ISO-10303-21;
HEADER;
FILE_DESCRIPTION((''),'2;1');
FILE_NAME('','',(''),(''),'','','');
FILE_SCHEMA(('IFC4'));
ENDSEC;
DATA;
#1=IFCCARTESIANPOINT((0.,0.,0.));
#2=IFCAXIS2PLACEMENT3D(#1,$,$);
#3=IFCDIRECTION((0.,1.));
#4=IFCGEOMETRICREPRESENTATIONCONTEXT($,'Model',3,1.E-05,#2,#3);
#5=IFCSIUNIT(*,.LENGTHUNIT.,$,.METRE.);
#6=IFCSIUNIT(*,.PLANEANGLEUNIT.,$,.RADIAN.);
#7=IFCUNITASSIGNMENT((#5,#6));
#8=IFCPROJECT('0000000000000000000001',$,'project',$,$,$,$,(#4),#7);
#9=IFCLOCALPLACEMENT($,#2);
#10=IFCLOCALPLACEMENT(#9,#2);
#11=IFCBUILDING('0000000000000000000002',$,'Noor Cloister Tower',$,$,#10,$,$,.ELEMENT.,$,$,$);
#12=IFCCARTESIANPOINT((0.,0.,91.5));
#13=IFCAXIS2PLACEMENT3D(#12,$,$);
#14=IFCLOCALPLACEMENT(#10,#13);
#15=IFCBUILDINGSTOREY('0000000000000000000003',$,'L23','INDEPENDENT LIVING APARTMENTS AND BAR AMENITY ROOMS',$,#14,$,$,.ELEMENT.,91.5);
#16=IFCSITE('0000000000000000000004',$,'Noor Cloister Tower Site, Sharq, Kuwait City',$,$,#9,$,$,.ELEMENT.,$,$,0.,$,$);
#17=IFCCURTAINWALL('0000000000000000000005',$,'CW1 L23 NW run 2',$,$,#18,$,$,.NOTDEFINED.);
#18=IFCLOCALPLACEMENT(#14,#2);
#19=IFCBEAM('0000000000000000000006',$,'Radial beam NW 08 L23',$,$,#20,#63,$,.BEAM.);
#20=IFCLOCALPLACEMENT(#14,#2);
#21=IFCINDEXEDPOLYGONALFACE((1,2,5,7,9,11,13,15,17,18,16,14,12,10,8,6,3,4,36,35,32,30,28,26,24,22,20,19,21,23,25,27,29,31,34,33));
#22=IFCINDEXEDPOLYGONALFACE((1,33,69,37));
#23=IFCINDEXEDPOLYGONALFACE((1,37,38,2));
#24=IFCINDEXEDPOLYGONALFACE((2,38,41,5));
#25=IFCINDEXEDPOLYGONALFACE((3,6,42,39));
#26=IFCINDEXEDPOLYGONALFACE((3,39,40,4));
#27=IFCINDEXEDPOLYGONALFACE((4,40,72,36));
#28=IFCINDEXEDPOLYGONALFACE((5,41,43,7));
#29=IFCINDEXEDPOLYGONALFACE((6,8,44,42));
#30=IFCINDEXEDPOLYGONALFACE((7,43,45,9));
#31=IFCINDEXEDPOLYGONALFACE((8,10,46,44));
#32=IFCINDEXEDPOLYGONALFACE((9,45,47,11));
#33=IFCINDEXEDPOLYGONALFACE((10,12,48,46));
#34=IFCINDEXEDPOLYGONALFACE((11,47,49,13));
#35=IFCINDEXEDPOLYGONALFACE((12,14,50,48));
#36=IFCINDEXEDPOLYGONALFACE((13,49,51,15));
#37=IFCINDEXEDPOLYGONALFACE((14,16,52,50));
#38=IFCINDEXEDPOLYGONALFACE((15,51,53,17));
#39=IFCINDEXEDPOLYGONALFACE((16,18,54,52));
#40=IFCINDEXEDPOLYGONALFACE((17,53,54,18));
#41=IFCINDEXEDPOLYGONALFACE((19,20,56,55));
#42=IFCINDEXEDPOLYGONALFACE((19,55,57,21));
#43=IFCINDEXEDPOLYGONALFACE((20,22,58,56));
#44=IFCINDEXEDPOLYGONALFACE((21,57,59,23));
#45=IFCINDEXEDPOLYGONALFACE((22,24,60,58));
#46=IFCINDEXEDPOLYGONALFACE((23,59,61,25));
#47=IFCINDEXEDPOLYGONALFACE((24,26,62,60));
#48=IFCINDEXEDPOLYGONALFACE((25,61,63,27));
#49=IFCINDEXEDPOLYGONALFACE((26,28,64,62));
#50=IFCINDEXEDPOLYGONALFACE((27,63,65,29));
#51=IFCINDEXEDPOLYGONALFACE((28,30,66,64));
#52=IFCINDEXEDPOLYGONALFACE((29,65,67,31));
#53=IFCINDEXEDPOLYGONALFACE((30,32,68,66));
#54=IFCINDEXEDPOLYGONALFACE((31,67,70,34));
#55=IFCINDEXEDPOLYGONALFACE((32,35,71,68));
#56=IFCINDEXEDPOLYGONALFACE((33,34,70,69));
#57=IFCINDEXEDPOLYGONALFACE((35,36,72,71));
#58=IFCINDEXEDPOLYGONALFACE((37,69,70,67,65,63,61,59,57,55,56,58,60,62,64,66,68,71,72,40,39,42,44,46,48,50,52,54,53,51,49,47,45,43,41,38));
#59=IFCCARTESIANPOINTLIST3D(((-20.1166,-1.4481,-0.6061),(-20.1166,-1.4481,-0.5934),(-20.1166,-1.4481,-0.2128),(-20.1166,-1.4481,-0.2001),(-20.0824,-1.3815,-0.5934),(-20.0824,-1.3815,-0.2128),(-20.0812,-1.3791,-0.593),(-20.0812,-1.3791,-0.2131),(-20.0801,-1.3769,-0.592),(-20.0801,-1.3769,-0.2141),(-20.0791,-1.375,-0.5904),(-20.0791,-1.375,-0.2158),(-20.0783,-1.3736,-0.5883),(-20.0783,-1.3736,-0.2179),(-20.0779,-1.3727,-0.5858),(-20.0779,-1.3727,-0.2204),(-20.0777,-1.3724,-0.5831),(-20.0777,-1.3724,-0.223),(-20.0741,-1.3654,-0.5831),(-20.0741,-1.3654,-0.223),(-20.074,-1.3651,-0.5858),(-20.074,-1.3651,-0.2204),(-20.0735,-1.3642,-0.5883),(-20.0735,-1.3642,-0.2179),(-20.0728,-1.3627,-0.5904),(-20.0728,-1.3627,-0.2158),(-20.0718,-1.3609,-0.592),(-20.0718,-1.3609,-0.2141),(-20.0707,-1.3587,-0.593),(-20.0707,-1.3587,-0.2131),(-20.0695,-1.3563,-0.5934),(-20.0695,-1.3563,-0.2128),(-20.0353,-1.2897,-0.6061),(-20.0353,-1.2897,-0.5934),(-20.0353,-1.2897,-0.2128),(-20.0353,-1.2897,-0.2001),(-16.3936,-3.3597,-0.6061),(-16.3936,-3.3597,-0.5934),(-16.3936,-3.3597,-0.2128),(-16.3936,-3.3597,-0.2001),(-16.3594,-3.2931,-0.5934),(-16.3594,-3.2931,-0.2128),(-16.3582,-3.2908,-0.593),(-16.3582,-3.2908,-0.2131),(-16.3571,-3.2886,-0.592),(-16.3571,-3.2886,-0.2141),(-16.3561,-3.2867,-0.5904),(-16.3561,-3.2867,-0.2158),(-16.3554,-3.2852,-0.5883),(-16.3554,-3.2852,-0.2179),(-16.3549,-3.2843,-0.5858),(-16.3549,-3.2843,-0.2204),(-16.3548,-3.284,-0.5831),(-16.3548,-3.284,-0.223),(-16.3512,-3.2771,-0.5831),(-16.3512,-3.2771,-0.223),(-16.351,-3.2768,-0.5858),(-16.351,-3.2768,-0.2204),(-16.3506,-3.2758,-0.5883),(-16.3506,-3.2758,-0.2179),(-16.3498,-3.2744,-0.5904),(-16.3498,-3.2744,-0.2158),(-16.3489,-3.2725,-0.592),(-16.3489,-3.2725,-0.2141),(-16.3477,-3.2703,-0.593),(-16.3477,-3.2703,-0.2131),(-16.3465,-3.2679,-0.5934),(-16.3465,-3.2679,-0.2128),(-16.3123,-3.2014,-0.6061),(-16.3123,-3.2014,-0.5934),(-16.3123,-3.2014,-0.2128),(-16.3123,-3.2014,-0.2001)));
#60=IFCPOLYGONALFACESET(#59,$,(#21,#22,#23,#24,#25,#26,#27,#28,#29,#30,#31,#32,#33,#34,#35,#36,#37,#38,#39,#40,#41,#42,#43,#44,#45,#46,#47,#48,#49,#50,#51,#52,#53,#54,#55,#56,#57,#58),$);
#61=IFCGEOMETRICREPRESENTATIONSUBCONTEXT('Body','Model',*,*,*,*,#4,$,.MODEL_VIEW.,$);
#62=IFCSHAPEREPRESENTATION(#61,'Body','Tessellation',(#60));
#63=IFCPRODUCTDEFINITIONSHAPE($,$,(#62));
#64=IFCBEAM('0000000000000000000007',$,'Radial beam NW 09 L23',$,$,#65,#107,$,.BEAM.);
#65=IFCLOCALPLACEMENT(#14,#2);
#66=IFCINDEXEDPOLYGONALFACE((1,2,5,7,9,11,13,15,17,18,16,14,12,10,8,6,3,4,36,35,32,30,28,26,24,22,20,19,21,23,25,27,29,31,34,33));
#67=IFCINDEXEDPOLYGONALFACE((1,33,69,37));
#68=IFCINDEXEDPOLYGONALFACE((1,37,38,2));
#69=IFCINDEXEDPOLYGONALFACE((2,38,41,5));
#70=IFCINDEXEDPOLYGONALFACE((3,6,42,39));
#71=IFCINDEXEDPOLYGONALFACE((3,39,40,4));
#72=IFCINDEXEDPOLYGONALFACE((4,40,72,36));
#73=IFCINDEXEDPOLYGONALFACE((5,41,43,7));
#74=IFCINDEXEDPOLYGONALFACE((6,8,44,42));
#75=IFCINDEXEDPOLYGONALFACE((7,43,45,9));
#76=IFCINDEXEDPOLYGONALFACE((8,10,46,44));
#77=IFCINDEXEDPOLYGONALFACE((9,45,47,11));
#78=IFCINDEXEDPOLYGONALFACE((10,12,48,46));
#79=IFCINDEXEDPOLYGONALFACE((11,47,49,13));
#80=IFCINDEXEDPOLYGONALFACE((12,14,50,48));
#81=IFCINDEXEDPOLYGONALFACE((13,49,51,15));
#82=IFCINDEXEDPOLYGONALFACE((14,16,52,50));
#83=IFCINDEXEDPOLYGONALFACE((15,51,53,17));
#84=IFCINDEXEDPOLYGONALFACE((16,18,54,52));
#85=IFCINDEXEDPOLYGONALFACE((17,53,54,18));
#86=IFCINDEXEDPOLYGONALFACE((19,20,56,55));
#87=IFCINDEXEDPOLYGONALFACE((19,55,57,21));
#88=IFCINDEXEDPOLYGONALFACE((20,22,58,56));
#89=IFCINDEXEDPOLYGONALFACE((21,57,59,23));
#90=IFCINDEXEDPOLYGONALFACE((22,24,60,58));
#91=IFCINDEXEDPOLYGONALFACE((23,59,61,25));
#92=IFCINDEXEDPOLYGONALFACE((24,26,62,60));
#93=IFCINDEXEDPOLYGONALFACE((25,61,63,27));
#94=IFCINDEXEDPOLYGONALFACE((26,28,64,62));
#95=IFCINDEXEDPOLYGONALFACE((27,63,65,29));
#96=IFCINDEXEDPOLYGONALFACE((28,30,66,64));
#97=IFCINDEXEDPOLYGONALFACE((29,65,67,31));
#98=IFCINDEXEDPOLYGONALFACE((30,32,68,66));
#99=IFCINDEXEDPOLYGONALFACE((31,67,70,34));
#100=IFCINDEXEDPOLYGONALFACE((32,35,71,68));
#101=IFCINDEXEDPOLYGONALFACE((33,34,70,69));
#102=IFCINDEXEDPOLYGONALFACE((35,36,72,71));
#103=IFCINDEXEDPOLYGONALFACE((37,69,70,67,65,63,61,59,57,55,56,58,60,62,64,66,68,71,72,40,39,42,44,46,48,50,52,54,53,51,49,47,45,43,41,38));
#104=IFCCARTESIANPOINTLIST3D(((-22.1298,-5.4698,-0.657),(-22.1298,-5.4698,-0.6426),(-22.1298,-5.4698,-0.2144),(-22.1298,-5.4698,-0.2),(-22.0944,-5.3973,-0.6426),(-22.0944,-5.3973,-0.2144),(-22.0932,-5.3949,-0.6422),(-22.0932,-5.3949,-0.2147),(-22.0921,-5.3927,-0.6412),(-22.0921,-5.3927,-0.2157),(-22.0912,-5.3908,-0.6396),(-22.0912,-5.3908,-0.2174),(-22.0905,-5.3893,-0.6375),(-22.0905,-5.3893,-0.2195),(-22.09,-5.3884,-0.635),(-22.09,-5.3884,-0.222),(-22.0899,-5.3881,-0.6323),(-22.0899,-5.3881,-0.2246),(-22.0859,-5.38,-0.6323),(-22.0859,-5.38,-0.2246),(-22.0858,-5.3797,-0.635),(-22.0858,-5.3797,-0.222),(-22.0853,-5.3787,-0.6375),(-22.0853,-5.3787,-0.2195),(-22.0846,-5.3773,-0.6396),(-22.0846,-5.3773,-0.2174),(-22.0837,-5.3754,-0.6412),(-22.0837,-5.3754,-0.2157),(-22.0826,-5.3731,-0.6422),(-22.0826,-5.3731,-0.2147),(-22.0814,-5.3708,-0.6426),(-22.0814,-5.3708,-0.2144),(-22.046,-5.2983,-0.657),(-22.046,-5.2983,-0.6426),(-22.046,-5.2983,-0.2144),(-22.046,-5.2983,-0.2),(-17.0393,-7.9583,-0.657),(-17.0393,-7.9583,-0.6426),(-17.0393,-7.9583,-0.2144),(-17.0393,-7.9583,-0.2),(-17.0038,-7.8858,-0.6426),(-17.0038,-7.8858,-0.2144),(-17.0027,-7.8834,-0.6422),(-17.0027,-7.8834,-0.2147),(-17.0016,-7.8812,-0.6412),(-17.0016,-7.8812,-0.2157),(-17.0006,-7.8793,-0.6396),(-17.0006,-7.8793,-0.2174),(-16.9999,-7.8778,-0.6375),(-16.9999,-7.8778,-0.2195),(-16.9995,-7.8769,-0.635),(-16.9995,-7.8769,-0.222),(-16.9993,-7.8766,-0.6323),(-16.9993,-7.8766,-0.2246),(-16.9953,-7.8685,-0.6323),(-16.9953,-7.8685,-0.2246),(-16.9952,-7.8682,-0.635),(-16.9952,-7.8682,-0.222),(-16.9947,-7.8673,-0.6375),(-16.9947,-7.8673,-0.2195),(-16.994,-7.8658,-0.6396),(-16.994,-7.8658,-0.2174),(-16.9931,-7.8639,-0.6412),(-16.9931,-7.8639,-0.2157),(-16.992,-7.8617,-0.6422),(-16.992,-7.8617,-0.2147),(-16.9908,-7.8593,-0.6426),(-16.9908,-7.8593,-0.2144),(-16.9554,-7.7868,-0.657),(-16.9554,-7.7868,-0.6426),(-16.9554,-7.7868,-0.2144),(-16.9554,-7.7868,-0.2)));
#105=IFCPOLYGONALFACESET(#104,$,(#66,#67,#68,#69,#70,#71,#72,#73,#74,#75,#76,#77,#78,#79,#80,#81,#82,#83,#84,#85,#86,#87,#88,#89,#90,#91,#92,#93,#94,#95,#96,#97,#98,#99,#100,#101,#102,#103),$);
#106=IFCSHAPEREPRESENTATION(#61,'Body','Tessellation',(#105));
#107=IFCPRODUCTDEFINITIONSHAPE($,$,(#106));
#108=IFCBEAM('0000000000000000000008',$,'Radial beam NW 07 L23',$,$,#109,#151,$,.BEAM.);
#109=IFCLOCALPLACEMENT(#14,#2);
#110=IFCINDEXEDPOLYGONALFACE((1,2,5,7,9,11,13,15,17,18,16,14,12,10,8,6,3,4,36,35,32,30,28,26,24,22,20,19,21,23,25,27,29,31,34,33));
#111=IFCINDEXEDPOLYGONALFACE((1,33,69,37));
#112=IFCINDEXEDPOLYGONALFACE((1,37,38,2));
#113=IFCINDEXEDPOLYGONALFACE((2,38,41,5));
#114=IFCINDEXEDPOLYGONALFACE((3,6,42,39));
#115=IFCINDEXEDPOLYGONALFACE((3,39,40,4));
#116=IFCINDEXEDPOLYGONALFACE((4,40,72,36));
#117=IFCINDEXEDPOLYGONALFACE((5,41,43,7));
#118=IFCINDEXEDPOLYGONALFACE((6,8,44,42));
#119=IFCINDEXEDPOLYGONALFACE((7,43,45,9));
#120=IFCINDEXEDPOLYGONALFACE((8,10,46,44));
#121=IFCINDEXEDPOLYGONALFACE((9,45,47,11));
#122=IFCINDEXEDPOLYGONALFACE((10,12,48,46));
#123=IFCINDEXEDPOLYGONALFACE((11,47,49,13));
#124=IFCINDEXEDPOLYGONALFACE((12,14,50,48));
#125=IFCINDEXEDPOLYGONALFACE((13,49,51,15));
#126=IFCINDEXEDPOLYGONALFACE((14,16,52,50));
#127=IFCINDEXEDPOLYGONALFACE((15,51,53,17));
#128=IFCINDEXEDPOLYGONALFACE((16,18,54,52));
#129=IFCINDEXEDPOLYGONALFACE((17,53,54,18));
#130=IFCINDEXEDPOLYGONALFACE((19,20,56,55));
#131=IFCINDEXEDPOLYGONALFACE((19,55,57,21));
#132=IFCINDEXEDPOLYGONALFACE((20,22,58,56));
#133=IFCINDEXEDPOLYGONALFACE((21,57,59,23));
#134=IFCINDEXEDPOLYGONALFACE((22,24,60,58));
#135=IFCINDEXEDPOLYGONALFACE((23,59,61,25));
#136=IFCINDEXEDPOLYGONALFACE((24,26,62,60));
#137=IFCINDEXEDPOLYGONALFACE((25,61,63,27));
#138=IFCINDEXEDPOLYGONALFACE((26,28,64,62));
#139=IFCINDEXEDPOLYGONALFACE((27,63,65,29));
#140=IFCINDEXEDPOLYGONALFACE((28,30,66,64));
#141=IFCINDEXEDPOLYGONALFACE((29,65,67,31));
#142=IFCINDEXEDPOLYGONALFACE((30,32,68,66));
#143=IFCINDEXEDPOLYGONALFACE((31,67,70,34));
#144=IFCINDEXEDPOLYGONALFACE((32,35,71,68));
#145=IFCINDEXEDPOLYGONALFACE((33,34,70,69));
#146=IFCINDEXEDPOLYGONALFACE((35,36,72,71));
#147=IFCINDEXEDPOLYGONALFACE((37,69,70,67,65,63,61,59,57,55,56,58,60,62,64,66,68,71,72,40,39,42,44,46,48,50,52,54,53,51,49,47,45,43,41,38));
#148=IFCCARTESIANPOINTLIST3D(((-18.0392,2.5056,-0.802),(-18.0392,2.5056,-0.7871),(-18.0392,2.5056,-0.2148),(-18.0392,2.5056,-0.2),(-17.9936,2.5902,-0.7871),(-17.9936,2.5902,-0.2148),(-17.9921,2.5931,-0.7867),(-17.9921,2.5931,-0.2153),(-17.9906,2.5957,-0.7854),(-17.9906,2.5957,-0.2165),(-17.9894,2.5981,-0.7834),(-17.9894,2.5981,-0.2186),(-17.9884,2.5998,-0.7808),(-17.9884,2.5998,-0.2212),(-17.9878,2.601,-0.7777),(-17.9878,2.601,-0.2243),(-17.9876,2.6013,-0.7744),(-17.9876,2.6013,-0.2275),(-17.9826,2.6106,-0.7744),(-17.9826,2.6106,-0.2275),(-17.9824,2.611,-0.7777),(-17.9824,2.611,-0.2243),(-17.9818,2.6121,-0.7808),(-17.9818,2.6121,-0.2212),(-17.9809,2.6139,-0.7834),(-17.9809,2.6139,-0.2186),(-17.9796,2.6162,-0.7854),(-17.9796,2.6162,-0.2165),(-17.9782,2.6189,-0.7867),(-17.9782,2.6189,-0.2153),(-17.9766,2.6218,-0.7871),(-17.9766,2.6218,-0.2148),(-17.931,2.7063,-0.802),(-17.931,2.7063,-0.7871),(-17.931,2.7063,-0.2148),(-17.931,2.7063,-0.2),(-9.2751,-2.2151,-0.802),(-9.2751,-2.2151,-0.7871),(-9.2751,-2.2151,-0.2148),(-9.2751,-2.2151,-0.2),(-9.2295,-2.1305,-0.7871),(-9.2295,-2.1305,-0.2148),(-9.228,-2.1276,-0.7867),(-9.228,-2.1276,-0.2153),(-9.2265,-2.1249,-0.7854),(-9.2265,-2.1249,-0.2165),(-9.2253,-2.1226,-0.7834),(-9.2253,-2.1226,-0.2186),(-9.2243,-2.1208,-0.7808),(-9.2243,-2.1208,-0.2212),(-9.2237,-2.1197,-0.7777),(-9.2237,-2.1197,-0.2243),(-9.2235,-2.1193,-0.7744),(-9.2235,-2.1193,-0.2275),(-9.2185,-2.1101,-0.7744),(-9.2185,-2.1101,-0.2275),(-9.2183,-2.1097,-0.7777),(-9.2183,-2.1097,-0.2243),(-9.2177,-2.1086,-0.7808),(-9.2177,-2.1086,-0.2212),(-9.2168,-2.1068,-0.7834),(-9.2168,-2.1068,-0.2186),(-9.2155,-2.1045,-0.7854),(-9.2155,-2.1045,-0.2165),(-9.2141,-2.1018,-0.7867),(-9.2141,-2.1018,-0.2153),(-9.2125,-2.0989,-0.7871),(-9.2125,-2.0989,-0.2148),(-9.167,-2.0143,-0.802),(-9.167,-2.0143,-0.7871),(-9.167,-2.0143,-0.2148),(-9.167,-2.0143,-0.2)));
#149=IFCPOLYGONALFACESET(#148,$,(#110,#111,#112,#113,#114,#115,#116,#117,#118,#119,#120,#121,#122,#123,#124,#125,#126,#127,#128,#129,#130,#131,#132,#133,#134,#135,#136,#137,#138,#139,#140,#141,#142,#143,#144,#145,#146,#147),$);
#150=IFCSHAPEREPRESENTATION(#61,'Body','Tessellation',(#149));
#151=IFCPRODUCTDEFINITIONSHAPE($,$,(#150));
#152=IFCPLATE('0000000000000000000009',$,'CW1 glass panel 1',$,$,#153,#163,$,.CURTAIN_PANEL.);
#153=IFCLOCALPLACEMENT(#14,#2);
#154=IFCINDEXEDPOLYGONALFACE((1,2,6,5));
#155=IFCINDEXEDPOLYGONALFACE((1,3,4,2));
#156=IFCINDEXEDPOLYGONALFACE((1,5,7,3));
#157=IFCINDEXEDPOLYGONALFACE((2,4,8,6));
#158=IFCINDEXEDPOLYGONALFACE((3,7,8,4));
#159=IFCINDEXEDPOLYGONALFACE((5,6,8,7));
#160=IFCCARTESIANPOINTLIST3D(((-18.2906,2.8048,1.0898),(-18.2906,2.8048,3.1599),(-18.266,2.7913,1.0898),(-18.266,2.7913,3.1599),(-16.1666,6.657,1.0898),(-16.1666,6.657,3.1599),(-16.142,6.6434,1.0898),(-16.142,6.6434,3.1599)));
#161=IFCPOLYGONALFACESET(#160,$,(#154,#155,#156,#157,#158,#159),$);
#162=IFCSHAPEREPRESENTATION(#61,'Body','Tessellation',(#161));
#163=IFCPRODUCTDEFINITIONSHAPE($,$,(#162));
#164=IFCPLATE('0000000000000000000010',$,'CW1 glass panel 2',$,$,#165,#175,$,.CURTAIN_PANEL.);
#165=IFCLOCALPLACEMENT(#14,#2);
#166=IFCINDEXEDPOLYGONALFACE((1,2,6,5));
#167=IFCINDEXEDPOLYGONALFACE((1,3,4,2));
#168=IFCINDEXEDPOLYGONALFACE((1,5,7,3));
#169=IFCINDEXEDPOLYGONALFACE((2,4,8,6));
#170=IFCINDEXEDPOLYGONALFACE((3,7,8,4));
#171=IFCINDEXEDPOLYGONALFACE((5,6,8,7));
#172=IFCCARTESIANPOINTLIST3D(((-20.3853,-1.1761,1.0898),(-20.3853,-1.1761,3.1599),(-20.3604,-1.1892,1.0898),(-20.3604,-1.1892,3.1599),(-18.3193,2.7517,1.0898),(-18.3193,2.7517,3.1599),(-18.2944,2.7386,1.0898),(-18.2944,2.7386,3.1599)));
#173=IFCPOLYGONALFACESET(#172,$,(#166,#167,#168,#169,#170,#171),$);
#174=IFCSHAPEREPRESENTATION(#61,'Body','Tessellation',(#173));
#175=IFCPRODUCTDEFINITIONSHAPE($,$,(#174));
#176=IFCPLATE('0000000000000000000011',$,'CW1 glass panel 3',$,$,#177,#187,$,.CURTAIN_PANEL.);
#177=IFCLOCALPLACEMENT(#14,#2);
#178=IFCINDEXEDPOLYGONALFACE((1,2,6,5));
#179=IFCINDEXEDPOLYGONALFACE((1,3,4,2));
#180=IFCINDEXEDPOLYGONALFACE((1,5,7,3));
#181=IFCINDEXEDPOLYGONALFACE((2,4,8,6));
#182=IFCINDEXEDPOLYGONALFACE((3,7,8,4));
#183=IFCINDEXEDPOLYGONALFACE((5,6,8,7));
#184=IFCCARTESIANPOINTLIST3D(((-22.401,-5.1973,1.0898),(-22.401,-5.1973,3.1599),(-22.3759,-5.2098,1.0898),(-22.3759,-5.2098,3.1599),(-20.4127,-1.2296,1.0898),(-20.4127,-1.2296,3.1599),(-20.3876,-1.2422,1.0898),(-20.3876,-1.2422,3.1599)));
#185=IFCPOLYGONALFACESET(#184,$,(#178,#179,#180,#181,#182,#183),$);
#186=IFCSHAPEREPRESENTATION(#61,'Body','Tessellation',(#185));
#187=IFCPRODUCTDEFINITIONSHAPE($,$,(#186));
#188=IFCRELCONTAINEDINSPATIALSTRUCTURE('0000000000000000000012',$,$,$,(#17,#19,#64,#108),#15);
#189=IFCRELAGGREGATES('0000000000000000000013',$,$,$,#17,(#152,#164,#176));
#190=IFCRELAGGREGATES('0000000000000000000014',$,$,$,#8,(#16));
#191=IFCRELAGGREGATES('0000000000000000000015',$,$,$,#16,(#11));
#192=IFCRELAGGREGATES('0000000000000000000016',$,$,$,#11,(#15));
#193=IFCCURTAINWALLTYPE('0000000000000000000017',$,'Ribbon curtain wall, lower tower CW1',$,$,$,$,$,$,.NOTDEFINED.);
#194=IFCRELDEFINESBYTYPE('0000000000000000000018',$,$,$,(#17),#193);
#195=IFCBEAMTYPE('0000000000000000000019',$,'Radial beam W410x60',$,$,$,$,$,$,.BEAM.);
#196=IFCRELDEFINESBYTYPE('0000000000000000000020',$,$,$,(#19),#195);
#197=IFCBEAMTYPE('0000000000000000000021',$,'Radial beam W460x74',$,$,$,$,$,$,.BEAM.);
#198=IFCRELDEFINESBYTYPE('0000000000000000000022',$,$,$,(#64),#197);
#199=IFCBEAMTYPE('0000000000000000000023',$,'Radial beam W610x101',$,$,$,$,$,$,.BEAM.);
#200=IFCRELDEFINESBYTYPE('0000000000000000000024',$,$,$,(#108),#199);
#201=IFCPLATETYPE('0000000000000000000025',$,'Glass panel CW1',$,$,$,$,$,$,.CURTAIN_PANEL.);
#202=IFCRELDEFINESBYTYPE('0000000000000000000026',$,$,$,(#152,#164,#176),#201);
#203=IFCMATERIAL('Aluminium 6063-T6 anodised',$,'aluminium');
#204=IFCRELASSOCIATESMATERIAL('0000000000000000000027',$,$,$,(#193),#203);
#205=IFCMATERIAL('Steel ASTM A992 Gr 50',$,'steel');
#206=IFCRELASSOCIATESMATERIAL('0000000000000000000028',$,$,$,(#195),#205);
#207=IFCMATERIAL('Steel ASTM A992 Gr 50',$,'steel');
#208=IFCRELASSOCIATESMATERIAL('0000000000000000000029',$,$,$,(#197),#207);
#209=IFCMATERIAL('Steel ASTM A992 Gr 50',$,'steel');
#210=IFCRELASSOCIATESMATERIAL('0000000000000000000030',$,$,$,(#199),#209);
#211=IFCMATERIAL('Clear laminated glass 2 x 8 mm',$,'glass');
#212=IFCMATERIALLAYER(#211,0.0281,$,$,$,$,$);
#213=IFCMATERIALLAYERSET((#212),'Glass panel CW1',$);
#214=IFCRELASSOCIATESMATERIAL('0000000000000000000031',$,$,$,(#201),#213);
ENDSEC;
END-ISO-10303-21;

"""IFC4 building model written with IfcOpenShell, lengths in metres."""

from ifc_helpers import new_model, si_unit, direction, frame, origin, origin_2d, place, context, subcontext, project, spatial, rectangle, i_section, extrude, material, layer, layer_set, material_profile, profile_set, type_object, element, aggregate, save


model = new_model("IFC4")

# Units and contexts
model_context = context("Model", 3, precision=1e-05, world=origin(), true_north=direction((0.0, 1.0)))
body_context = subcontext(model_context, "Body", "Model", "MODEL_VIEW")
ifc_project = project(units=[si_unit("LENGTHUNIT", "METRE"), si_unit("PLANEANGLEUNIT", "RADIAN")], contexts=[model_context])

# Site, building, storey
site_placement = place(None, origin())
site = spatial("IfcSite", under=ifc_project, at=site_placement, Name="Noor Cloister Tower Site, Sharq, Kuwait City", CompositionType="ELEMENT", RefElevation=0.0)
building_placement = place(site_placement, origin())
building = spatial("IfcBuilding", under=site, at=building_placement, Name="Noor Cloister Tower", CompositionType="ELEMENT")
storey_placement = place(building_placement, frame((0.0, 0.0, 91.5)))
storey = spatial("IfcBuildingStorey", under=building, at=storey_placement, Name="L23", Description="INDEPENDENT LIVING APARTMENTS AND BAR AMENITY ROOMS", CompositionType="ELEMENT", Elevation=91.5)

# Curtain wall
ifc_material_1 = material(Name="Aluminium 6063-T6 anodised", Category="aluminium")
curtain_wall_type = type_object("IfcCurtainWallType", Name="Ribbon curtain wall, lower tower CW1", PredefinedType="NOTDEFINED", material=ifc_material_1)
curtain_wall_placement = place(storey_placement, origin())
curtain_wall = element("IfcCurtainWall", 1, at=curtain_wall_placement, inside=storey, type_object=curtain_wall_type, Name="CW1 L23 NW run 2", PredefinedType="NOTDEFINED")

# Beams
ifc_material_2 = material(Name="Steel ASTM A992 Gr 50", Category="steel")
ifc_material_profile_1 = material_profile(ifc_material_2, i_section(OverallWidth=0.178, OverallDepth=0.406, WebThickness=0.0078, FlangeThickness=0.0127, FilletRadius=0.0103, at=origin_2d()), Name="W410x60")
ifc_profile_set_1 = profile_set([ifc_material_profile_1], Name="Steel ASTM A992 Gr 50")
beam_type_1 = type_object("IfcBeamType", Name="Radial beam W410x60", PredefinedType="BEAM", material=ifc_profile_set_1)
beam_1_placement = place(storey_placement, frame((-20.0759, -1.3689, -0.4031), z_axis=(0.88958, -0.456778, 0.0), x_axis=(0.456778, 0.88958, 0.0)))
element("IfcBeam", 2, at=beam_1_placement, inside=storey, type_object=beam_type_1, Name="Radial beam NW 08 L23", PredefinedType="BEAM", context=body_context, shape_type="SweptSolid", body=[
    extrude(i_section(OverallWidth=0.178, OverallDepth=0.406, WebThickness=0.0078, FlangeThickness=0.0127, FilletRadius=0.0103, at=origin_2d()), origin(), (0.0, 0.0, 1.0), 4.1851),
])
ifc_material_3 = material(Name="Steel ASTM A992 Gr 50", Category="steel")
ifc_material_profile_2 = material_profile(ifc_material_3, i_section(OverallWidth=0.1909, OverallDepth=0.457, WebThickness=0.009, FlangeThickness=0.0144, FilletRadius=0.0103, at=origin_2d()), Name="W460x74")
ifc_profile_set_2 = profile_set([ifc_material_profile_2], Name="Steel ASTM A992 Gr 50")
beam_type_2 = type_object("IfcBeamType", Name="Radial beam W460x74", PredefinedType="BEAM", material=ifc_profile_set_2)
beam_2_placement = place(storey_placement, frame((-22.0879, -5.384, -0.4285), z_axis=(0.898398, -0.439182, 0.0), x_axis=(0.439182, 0.898398, 0.0)))
element("IfcBeam", 3, at=beam_2_placement, inside=storey, type_object=beam_type_2, Name="Radial beam NW 09 L23", PredefinedType="BEAM", context=body_context, shape_type="SweptSolid", body=[
    extrude(i_section(OverallWidth=0.1909, OverallDepth=0.457, WebThickness=0.009, FlangeThickness=0.0144, FilletRadius=0.0103, at=origin_2d()), origin(), (0.0, 0.0, 1.0), 5.6663),
])
ifc_material_4 = material(Name="Steel ASTM A992 Gr 50", Category="steel")
ifc_material_profile_3 = material_profile(ifc_material_4, i_section(OverallWidth=0.228, OverallDepth=0.6021, WebThickness=0.0105, FlangeThickness=0.0149, FilletRadius=0.0127, at=origin_2d()), Name="W610x101")
ifc_profile_set_3 = profile_set([ifc_material_profile_3], Name="Steel ASTM A992 Gr 50")
beam_type_3 = type_object("IfcBeamType", Name="Radial beam W610x101", PredefinedType="BEAM", material=ifc_profile_set_3)
beam_3_placement = place(storey_placement, frame((-17.9851, 2.606, -0.501), z_axis=(0.880407, -0.47422, 0.0), x_axis=(0.47422, 0.880407, 0.0)))
element("IfcBeam", 4, at=beam_3_placement, inside=storey, type_object=beam_type_3, Name="Radial beam NW 07 L23", PredefinedType="BEAM", context=body_context, shape_type="SweptSolid", body=[
    extrude(i_section(OverallWidth=0.228, OverallDepth=0.6021, WebThickness=0.0105, FlangeThickness=0.0149, FilletRadius=0.0127, at=origin_2d()), origin(), (0.0, 0.0, 1.0), 9.9546),
])

# Plates
ifc_material_5 = material(Name="Clear laminated glass 2 x 8 mm", Category="glass")
ifc_layer_1 = layer(ifc_material_5, 0.0281)
ifc_layer_set_1 = layer_set([ifc_layer_1], Name="Glass panel CW1")
plate_type = type_object("IfcPlateType", Name="Glass panel CW1", PredefinedType="CURTAIN_PANEL", material=ifc_layer_set_1)
plate_1_placement = place(storey_placement, frame((-17.2163, 4.7241, 1.0898), z_axis=(0.0, 0.0, 1.0), x_axis=(-0.482858, -0.875699, 0.0)))
plate_1 = element("IfcPlate", 5, at=plate_1_placement, type_object=plate_type, Name="CW1 glass panel 1", PredefinedType="CURTAIN_PANEL", context=body_context, shape_type="SweptSolid", body=[
    extrude(rectangle(XDim=4.3989, YDim=0.0281, at=origin_2d()), origin(), (0.0, 0.0, 1.0), 2.0701),
])
plate_2_placement = place(storey_placement, frame((-19.3398, 0.7812, 1.0898), z_axis=(0.0, 0.0, 1.0), x_axis=(-0.465529, -0.885033, 0.0)))
plate_2 = element("IfcPlate", 6, at=plate_2_placement, type_object=plate_type, Name="CW1 glass panel 2", PredefinedType="CURTAIN_PANEL", context=body_context, shape_type="SweptSolid", body=[
    extrude(rectangle(XDim=4.438, YDim=0.0281, at=origin_2d()), origin(), (0.0, 0.0, 1.0), 2.0701),
])
plate_3_placement = place(storey_placement, frame((-21.3943, -3.2197, 1.0898), z_axis=(0.0, 0.0, 1.0), x_axis=(-0.44802, -0.894024, 0.0)))
plate_3 = element("IfcPlate", 7, at=plate_3_placement, type_object=plate_type, Name="CW1 glass panel 3", PredefinedType="CURTAIN_PANEL", context=body_context, shape_type="SweptSolid", body=[
    extrude(rectangle(XDim=4.438, YDim=0.0281, at=origin_2d()), origin(), (0.0, 0.0, 1.0), 2.0701),
])
aggregate(curtain_wall, [plate_1, plate_2, plate_3])

save(model, "model.ifc")
